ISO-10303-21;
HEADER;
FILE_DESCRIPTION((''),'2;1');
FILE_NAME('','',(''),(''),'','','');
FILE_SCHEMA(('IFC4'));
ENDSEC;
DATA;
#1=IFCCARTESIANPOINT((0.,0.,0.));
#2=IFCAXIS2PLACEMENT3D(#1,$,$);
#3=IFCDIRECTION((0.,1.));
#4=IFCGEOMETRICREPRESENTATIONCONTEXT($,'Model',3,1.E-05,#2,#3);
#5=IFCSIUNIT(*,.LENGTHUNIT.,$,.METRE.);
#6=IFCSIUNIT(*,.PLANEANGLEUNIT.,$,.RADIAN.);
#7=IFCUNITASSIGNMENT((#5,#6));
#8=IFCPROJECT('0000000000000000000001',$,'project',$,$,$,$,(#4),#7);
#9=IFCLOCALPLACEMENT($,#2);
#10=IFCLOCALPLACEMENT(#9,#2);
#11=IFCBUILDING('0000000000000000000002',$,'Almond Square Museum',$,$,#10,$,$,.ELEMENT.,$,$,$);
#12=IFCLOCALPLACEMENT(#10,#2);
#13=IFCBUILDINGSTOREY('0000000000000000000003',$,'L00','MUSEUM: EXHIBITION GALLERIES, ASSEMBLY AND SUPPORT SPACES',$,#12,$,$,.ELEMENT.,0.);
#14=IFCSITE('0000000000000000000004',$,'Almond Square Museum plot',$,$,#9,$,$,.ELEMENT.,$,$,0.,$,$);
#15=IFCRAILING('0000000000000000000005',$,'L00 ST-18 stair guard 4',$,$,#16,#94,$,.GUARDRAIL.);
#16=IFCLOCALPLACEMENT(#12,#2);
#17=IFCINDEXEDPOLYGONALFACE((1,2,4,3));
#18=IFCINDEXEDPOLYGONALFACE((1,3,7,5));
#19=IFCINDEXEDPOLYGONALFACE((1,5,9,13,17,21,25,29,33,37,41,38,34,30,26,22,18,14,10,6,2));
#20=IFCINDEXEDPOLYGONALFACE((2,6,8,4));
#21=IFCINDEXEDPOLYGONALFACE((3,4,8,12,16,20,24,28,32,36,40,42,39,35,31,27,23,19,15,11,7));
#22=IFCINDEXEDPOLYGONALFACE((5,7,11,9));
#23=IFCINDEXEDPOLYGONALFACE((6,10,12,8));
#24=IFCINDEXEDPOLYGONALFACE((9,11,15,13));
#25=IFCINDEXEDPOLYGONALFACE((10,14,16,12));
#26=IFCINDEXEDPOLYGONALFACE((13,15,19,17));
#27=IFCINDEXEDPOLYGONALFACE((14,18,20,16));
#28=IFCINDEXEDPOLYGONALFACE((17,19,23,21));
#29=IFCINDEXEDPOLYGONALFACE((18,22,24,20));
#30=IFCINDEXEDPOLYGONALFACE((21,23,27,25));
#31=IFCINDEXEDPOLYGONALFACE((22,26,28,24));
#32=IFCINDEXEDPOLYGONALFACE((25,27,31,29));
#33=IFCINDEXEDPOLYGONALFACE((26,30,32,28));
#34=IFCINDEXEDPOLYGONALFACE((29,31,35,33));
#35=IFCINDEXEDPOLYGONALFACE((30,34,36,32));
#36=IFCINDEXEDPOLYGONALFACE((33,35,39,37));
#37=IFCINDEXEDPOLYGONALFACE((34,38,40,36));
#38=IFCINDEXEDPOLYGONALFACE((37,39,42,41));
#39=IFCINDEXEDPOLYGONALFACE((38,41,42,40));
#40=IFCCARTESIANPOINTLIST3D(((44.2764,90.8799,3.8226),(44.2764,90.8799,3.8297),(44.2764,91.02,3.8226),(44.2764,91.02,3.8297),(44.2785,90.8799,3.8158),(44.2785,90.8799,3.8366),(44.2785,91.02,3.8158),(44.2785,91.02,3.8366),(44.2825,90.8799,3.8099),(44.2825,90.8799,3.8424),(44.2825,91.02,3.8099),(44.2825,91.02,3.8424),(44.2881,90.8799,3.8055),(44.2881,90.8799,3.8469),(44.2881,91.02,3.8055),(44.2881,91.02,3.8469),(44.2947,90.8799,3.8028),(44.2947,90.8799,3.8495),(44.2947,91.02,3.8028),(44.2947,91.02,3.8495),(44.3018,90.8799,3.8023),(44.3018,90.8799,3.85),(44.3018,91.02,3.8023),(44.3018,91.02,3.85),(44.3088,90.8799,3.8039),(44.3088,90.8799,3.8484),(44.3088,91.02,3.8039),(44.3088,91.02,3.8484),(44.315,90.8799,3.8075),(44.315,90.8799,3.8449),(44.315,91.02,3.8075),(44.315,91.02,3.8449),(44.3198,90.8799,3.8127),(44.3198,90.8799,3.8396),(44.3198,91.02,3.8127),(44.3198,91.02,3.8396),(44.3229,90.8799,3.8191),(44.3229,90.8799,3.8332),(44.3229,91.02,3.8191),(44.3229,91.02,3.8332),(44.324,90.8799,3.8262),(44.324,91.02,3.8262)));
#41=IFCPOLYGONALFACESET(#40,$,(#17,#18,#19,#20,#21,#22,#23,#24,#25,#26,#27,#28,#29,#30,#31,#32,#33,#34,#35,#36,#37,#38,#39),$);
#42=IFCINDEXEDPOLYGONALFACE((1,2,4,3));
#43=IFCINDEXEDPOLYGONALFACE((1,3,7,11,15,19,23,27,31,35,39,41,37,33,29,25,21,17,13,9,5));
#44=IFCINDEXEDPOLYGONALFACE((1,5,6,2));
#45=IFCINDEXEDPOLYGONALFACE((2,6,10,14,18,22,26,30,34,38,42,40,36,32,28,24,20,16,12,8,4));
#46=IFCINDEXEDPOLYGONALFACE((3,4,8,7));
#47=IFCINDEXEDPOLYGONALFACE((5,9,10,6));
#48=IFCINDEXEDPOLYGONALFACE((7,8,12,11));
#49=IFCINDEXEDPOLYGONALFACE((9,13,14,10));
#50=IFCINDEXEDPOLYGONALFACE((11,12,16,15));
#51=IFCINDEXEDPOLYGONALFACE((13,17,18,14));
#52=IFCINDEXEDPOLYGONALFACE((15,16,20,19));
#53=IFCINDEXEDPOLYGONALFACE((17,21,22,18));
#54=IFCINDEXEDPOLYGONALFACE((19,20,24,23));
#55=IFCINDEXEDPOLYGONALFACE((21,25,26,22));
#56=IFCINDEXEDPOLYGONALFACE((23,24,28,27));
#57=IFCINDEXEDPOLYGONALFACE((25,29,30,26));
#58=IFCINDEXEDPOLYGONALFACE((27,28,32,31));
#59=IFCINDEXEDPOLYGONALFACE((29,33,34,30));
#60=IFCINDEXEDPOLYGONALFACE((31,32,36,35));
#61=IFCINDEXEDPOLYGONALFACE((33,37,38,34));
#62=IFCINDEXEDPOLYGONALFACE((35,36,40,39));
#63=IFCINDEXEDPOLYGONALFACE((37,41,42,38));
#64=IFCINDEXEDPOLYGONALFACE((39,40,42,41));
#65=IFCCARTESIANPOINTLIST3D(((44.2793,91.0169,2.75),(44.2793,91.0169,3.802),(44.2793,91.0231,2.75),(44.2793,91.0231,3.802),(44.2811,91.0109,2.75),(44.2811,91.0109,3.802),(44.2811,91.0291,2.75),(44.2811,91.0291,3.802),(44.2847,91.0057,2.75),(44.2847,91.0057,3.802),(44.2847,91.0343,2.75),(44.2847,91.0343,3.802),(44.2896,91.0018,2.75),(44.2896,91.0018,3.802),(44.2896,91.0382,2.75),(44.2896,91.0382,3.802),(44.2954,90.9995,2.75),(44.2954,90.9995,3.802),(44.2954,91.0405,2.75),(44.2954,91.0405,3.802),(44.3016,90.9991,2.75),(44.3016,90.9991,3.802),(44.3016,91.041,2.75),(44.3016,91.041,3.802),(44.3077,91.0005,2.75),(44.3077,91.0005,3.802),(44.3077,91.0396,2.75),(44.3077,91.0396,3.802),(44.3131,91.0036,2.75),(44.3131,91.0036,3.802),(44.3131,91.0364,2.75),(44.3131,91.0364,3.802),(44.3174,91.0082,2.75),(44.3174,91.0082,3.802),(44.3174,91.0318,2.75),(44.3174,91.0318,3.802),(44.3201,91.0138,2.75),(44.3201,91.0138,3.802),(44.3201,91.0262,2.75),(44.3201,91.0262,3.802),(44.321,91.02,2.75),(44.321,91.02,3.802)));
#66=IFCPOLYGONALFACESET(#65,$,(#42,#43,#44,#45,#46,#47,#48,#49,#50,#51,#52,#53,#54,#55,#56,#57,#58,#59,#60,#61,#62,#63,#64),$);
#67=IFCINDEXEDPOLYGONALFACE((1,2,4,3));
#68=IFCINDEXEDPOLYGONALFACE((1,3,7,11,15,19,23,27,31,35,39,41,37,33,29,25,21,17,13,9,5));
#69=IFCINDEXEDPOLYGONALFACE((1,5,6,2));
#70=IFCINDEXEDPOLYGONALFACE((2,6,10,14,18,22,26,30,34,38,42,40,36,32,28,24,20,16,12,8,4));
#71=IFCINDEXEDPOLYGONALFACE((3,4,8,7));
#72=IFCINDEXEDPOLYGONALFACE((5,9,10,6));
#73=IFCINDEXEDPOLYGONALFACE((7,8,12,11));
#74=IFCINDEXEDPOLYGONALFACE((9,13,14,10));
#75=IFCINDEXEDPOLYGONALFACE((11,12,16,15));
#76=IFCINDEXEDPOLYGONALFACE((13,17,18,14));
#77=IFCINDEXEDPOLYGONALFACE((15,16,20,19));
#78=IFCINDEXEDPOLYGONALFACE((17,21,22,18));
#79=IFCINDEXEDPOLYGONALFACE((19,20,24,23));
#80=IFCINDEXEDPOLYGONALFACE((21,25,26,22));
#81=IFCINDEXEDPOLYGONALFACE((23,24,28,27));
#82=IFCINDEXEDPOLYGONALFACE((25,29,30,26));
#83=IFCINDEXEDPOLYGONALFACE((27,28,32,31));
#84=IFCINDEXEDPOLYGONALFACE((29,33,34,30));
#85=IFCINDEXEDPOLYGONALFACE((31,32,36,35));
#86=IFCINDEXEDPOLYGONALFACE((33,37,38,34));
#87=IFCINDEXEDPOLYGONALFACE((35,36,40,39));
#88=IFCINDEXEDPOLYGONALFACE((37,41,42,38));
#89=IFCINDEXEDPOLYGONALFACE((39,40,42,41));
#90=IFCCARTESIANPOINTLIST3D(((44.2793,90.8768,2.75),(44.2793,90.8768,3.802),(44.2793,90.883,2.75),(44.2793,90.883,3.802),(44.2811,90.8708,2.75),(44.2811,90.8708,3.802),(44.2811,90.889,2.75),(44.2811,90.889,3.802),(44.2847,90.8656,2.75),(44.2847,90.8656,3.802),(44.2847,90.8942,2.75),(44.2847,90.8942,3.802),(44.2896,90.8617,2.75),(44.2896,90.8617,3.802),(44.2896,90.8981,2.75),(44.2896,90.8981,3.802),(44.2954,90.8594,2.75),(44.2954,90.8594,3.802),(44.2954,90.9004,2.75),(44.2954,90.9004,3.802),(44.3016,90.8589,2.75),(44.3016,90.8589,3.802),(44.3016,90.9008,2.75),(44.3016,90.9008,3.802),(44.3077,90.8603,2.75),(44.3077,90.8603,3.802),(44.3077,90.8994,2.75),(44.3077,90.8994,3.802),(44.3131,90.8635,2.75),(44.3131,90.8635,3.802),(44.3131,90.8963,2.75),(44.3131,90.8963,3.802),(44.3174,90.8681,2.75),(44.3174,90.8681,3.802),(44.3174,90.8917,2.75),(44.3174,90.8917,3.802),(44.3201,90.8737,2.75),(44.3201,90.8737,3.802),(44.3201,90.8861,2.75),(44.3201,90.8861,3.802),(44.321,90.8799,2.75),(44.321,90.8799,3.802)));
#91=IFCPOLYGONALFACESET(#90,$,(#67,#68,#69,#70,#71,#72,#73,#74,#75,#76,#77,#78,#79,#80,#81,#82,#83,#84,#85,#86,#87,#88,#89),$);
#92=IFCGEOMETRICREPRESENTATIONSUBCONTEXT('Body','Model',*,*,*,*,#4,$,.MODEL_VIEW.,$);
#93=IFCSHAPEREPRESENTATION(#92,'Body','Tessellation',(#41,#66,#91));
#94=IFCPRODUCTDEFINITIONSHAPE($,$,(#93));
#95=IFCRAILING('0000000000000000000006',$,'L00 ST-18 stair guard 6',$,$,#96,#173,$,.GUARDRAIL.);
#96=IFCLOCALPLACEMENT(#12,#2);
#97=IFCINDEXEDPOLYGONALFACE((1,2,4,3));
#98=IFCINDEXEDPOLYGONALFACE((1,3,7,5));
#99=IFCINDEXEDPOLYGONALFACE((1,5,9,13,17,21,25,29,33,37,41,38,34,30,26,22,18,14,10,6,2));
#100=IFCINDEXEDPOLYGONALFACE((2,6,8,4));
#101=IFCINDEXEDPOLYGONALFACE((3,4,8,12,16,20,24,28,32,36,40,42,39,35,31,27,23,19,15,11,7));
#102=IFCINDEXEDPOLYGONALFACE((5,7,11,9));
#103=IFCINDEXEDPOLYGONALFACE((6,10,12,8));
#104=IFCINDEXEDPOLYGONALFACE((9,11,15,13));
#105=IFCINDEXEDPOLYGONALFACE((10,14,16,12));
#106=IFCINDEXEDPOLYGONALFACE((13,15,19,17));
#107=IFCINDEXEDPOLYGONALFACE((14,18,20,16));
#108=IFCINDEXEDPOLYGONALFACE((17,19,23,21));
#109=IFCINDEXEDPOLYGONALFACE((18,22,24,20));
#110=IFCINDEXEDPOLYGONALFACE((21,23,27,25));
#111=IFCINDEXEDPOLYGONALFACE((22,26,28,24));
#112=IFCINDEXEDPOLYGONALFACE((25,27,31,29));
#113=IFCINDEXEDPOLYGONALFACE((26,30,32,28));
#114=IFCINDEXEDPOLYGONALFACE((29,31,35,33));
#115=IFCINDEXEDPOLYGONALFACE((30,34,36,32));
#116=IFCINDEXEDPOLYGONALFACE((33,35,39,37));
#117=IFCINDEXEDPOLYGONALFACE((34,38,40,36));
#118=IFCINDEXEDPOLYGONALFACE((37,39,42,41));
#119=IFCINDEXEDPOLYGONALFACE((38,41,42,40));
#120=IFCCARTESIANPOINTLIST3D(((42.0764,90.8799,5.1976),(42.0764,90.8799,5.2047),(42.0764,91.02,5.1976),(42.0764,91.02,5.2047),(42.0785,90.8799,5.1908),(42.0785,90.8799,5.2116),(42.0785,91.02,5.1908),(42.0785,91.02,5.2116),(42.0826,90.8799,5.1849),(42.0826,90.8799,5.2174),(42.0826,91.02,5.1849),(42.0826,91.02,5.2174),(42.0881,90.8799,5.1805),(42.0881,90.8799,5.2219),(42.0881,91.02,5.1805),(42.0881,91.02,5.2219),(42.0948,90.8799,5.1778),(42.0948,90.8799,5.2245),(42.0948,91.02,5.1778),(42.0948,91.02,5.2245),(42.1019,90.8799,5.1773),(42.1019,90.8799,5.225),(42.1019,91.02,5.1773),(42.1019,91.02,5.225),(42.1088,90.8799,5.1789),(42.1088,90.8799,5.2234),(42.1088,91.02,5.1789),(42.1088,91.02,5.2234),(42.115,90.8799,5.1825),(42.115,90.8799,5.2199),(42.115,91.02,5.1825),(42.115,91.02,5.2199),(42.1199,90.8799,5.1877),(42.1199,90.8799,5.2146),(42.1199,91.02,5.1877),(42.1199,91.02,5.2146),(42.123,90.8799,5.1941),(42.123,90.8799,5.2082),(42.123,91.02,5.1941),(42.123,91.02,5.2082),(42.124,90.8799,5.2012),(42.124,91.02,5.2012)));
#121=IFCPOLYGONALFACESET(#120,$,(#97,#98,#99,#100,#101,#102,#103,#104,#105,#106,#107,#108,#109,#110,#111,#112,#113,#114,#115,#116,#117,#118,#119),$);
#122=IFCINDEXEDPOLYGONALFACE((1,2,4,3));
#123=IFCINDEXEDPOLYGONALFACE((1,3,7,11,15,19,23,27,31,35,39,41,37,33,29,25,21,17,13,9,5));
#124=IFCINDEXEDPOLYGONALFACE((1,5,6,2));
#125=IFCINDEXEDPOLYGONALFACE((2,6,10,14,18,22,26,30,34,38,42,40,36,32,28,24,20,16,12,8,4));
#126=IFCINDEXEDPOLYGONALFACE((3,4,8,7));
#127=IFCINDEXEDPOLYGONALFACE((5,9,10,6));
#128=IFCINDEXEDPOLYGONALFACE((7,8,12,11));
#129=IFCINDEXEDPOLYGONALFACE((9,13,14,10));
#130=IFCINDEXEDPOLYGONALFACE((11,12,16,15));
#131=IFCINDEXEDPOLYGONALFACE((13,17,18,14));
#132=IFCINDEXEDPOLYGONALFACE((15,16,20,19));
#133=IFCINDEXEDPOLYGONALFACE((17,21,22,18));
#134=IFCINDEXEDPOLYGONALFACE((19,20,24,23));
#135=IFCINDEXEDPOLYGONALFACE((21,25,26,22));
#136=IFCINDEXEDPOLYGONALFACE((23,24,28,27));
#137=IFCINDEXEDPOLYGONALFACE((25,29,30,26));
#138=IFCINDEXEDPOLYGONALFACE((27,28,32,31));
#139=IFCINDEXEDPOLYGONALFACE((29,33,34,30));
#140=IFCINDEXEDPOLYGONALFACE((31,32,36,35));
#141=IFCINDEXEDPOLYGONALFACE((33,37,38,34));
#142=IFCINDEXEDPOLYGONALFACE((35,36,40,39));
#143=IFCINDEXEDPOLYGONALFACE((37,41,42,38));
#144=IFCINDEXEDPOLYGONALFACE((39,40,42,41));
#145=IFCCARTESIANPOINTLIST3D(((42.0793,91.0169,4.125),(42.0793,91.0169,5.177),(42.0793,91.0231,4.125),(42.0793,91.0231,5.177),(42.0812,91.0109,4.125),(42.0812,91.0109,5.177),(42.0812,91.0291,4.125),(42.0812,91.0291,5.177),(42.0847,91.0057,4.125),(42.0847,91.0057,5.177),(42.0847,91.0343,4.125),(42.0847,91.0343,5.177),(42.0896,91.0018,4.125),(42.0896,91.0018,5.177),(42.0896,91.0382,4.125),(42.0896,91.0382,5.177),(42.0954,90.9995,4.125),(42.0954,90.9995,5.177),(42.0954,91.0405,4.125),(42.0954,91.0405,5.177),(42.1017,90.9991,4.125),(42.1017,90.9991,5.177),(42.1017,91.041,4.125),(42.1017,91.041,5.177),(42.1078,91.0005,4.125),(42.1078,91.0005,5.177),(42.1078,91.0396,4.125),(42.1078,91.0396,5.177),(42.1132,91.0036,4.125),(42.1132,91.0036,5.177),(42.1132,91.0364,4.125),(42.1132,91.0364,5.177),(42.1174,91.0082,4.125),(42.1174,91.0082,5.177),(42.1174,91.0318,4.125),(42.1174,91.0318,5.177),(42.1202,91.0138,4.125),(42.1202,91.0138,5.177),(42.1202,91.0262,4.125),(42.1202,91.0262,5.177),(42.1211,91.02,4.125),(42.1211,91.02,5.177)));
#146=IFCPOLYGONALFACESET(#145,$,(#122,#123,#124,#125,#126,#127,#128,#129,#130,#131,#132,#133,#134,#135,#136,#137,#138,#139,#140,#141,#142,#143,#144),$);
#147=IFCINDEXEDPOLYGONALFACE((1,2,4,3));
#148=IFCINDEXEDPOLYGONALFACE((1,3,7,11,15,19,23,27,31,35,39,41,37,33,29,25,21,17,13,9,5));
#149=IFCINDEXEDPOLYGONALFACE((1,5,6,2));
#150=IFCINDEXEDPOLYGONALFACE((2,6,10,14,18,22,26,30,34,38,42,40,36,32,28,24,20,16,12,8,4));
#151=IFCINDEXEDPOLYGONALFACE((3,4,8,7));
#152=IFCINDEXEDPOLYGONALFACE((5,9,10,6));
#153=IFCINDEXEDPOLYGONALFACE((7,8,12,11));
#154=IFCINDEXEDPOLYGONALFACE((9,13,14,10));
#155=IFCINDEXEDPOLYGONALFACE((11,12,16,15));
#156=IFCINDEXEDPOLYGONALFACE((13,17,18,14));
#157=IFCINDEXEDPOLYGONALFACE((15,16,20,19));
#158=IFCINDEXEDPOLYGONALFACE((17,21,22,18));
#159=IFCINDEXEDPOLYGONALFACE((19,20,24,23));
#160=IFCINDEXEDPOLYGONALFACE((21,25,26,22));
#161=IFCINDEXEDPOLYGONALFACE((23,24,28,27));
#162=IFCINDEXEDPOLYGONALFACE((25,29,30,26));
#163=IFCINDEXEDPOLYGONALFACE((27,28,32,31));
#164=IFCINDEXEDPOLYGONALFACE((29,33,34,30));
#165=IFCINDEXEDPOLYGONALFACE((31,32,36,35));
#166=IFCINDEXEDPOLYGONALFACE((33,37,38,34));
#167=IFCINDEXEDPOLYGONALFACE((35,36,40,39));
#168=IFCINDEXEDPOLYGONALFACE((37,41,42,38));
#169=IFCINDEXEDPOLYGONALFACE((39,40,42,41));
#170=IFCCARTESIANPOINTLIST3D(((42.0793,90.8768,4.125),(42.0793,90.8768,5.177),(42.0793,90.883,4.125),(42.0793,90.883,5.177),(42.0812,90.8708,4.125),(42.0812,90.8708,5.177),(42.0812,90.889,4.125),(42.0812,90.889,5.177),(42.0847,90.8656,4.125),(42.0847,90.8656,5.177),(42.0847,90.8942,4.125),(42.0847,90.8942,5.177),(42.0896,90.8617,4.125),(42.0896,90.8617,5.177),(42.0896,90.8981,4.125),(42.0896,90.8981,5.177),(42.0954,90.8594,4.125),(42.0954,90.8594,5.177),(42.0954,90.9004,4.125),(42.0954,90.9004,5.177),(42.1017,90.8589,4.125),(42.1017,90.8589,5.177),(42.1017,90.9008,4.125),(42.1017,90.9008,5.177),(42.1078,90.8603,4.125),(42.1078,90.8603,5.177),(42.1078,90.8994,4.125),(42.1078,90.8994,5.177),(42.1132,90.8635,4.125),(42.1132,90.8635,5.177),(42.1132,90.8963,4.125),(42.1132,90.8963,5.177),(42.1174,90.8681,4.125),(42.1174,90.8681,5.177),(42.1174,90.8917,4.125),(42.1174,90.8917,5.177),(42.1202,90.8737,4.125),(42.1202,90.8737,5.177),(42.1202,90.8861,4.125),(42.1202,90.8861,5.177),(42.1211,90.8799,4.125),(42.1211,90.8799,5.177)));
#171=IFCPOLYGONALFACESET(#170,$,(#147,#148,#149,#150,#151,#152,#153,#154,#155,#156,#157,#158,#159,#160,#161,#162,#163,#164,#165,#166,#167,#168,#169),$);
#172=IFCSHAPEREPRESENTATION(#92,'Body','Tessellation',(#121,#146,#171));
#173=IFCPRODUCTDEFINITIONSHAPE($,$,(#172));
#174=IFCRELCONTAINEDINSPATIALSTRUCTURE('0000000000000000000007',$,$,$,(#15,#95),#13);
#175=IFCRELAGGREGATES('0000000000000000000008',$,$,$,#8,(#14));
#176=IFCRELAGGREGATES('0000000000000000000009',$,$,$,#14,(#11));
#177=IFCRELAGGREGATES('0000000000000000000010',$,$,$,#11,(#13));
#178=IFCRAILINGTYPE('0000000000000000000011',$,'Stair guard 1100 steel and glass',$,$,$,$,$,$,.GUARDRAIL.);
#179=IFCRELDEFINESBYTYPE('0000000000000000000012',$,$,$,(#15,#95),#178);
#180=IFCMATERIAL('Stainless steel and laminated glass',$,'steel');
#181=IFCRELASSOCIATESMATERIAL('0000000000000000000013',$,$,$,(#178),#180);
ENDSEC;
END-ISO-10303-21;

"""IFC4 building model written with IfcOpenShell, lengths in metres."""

from ifc_helpers import new_model, si_unit, direction, frame, origin, origin_2d, place, context, subcontext, project, spatial, circle, extrude, material, type_object, element, save


model = new_model("IFC4")

# Units and contexts
model_context = context("Model", 3, precision=1e-05, world=origin(), true_north=direction((0.0, 1.0)))
body_context = subcontext(model_context, "Body", "Model", "MODEL_VIEW")
ifc_project = project(units=[si_unit("LENGTHUNIT", "METRE"), si_unit("PLANEANGLEUNIT", "RADIAN")], contexts=[model_context])

# Site, building, storey
site_placement = place(None, origin())
site = spatial("IfcSite", under=ifc_project, at=site_placement, Name="Almond Square Museum plot", CompositionType="ELEMENT", RefElevation=0.0)
building_placement = place(site_placement, origin())
building = spatial("IfcBuilding", under=site, at=building_placement, Name="Almond Square Museum", CompositionType="ELEMENT")
storey_placement = place(building_placement, origin())
storey = spatial("IfcBuildingStorey", under=building, at=storey_placement, Name="L00", Description="MUSEUM: EXHIBITION GALLERIES, ASSEMBLY AND SUPPORT SPACES", CompositionType="ELEMENT", Elevation=0.0)

# Railings
ifc_material_1 = material(Name="Stainless steel and laminated glass", Category="steel")
railing_type_1 = type_object("IfcRailingType", Name="Stair guard 1100 steel and glass", PredefinedType="GUARDRAIL", material=ifc_material_1)
for number, where, name in (
    (1, (44.3, 91.02, 2.75), "L00 ST-18 stair guard 4"),
    (2, (42.1001, 91.02, 4.125), "L00 ST-18 stair guard 6"),
):
    element("IfcRailing", number, at=place(storey_placement, frame(where)), inside=storey, type_object=railing_type_1, Name=name, PredefinedType="GUARDRAIL", context=body_context, shape_type="SweptSolid", body=[
        extrude(circle(Radius=0.0239, at=origin_2d()), frame((0.0, 0.0, 1.0762), z_axis=(0.0, -1.0, 0.0), x_axis=(1.0, 0.0, 0.0)), (0.0, 0.0, 1.0), 0.1401),
        extrude(circle(Radius=0.021, at=origin_2d()), origin(), (0.0, 0.0, 1.0), 1.052),
        extrude(circle(Radius=0.021, at=origin_2d()), frame((0.0, -0.1401, 0.0)), (0.0, 0.0, 1.0), 1.052),
    ])

save(model, "model.ifc")
